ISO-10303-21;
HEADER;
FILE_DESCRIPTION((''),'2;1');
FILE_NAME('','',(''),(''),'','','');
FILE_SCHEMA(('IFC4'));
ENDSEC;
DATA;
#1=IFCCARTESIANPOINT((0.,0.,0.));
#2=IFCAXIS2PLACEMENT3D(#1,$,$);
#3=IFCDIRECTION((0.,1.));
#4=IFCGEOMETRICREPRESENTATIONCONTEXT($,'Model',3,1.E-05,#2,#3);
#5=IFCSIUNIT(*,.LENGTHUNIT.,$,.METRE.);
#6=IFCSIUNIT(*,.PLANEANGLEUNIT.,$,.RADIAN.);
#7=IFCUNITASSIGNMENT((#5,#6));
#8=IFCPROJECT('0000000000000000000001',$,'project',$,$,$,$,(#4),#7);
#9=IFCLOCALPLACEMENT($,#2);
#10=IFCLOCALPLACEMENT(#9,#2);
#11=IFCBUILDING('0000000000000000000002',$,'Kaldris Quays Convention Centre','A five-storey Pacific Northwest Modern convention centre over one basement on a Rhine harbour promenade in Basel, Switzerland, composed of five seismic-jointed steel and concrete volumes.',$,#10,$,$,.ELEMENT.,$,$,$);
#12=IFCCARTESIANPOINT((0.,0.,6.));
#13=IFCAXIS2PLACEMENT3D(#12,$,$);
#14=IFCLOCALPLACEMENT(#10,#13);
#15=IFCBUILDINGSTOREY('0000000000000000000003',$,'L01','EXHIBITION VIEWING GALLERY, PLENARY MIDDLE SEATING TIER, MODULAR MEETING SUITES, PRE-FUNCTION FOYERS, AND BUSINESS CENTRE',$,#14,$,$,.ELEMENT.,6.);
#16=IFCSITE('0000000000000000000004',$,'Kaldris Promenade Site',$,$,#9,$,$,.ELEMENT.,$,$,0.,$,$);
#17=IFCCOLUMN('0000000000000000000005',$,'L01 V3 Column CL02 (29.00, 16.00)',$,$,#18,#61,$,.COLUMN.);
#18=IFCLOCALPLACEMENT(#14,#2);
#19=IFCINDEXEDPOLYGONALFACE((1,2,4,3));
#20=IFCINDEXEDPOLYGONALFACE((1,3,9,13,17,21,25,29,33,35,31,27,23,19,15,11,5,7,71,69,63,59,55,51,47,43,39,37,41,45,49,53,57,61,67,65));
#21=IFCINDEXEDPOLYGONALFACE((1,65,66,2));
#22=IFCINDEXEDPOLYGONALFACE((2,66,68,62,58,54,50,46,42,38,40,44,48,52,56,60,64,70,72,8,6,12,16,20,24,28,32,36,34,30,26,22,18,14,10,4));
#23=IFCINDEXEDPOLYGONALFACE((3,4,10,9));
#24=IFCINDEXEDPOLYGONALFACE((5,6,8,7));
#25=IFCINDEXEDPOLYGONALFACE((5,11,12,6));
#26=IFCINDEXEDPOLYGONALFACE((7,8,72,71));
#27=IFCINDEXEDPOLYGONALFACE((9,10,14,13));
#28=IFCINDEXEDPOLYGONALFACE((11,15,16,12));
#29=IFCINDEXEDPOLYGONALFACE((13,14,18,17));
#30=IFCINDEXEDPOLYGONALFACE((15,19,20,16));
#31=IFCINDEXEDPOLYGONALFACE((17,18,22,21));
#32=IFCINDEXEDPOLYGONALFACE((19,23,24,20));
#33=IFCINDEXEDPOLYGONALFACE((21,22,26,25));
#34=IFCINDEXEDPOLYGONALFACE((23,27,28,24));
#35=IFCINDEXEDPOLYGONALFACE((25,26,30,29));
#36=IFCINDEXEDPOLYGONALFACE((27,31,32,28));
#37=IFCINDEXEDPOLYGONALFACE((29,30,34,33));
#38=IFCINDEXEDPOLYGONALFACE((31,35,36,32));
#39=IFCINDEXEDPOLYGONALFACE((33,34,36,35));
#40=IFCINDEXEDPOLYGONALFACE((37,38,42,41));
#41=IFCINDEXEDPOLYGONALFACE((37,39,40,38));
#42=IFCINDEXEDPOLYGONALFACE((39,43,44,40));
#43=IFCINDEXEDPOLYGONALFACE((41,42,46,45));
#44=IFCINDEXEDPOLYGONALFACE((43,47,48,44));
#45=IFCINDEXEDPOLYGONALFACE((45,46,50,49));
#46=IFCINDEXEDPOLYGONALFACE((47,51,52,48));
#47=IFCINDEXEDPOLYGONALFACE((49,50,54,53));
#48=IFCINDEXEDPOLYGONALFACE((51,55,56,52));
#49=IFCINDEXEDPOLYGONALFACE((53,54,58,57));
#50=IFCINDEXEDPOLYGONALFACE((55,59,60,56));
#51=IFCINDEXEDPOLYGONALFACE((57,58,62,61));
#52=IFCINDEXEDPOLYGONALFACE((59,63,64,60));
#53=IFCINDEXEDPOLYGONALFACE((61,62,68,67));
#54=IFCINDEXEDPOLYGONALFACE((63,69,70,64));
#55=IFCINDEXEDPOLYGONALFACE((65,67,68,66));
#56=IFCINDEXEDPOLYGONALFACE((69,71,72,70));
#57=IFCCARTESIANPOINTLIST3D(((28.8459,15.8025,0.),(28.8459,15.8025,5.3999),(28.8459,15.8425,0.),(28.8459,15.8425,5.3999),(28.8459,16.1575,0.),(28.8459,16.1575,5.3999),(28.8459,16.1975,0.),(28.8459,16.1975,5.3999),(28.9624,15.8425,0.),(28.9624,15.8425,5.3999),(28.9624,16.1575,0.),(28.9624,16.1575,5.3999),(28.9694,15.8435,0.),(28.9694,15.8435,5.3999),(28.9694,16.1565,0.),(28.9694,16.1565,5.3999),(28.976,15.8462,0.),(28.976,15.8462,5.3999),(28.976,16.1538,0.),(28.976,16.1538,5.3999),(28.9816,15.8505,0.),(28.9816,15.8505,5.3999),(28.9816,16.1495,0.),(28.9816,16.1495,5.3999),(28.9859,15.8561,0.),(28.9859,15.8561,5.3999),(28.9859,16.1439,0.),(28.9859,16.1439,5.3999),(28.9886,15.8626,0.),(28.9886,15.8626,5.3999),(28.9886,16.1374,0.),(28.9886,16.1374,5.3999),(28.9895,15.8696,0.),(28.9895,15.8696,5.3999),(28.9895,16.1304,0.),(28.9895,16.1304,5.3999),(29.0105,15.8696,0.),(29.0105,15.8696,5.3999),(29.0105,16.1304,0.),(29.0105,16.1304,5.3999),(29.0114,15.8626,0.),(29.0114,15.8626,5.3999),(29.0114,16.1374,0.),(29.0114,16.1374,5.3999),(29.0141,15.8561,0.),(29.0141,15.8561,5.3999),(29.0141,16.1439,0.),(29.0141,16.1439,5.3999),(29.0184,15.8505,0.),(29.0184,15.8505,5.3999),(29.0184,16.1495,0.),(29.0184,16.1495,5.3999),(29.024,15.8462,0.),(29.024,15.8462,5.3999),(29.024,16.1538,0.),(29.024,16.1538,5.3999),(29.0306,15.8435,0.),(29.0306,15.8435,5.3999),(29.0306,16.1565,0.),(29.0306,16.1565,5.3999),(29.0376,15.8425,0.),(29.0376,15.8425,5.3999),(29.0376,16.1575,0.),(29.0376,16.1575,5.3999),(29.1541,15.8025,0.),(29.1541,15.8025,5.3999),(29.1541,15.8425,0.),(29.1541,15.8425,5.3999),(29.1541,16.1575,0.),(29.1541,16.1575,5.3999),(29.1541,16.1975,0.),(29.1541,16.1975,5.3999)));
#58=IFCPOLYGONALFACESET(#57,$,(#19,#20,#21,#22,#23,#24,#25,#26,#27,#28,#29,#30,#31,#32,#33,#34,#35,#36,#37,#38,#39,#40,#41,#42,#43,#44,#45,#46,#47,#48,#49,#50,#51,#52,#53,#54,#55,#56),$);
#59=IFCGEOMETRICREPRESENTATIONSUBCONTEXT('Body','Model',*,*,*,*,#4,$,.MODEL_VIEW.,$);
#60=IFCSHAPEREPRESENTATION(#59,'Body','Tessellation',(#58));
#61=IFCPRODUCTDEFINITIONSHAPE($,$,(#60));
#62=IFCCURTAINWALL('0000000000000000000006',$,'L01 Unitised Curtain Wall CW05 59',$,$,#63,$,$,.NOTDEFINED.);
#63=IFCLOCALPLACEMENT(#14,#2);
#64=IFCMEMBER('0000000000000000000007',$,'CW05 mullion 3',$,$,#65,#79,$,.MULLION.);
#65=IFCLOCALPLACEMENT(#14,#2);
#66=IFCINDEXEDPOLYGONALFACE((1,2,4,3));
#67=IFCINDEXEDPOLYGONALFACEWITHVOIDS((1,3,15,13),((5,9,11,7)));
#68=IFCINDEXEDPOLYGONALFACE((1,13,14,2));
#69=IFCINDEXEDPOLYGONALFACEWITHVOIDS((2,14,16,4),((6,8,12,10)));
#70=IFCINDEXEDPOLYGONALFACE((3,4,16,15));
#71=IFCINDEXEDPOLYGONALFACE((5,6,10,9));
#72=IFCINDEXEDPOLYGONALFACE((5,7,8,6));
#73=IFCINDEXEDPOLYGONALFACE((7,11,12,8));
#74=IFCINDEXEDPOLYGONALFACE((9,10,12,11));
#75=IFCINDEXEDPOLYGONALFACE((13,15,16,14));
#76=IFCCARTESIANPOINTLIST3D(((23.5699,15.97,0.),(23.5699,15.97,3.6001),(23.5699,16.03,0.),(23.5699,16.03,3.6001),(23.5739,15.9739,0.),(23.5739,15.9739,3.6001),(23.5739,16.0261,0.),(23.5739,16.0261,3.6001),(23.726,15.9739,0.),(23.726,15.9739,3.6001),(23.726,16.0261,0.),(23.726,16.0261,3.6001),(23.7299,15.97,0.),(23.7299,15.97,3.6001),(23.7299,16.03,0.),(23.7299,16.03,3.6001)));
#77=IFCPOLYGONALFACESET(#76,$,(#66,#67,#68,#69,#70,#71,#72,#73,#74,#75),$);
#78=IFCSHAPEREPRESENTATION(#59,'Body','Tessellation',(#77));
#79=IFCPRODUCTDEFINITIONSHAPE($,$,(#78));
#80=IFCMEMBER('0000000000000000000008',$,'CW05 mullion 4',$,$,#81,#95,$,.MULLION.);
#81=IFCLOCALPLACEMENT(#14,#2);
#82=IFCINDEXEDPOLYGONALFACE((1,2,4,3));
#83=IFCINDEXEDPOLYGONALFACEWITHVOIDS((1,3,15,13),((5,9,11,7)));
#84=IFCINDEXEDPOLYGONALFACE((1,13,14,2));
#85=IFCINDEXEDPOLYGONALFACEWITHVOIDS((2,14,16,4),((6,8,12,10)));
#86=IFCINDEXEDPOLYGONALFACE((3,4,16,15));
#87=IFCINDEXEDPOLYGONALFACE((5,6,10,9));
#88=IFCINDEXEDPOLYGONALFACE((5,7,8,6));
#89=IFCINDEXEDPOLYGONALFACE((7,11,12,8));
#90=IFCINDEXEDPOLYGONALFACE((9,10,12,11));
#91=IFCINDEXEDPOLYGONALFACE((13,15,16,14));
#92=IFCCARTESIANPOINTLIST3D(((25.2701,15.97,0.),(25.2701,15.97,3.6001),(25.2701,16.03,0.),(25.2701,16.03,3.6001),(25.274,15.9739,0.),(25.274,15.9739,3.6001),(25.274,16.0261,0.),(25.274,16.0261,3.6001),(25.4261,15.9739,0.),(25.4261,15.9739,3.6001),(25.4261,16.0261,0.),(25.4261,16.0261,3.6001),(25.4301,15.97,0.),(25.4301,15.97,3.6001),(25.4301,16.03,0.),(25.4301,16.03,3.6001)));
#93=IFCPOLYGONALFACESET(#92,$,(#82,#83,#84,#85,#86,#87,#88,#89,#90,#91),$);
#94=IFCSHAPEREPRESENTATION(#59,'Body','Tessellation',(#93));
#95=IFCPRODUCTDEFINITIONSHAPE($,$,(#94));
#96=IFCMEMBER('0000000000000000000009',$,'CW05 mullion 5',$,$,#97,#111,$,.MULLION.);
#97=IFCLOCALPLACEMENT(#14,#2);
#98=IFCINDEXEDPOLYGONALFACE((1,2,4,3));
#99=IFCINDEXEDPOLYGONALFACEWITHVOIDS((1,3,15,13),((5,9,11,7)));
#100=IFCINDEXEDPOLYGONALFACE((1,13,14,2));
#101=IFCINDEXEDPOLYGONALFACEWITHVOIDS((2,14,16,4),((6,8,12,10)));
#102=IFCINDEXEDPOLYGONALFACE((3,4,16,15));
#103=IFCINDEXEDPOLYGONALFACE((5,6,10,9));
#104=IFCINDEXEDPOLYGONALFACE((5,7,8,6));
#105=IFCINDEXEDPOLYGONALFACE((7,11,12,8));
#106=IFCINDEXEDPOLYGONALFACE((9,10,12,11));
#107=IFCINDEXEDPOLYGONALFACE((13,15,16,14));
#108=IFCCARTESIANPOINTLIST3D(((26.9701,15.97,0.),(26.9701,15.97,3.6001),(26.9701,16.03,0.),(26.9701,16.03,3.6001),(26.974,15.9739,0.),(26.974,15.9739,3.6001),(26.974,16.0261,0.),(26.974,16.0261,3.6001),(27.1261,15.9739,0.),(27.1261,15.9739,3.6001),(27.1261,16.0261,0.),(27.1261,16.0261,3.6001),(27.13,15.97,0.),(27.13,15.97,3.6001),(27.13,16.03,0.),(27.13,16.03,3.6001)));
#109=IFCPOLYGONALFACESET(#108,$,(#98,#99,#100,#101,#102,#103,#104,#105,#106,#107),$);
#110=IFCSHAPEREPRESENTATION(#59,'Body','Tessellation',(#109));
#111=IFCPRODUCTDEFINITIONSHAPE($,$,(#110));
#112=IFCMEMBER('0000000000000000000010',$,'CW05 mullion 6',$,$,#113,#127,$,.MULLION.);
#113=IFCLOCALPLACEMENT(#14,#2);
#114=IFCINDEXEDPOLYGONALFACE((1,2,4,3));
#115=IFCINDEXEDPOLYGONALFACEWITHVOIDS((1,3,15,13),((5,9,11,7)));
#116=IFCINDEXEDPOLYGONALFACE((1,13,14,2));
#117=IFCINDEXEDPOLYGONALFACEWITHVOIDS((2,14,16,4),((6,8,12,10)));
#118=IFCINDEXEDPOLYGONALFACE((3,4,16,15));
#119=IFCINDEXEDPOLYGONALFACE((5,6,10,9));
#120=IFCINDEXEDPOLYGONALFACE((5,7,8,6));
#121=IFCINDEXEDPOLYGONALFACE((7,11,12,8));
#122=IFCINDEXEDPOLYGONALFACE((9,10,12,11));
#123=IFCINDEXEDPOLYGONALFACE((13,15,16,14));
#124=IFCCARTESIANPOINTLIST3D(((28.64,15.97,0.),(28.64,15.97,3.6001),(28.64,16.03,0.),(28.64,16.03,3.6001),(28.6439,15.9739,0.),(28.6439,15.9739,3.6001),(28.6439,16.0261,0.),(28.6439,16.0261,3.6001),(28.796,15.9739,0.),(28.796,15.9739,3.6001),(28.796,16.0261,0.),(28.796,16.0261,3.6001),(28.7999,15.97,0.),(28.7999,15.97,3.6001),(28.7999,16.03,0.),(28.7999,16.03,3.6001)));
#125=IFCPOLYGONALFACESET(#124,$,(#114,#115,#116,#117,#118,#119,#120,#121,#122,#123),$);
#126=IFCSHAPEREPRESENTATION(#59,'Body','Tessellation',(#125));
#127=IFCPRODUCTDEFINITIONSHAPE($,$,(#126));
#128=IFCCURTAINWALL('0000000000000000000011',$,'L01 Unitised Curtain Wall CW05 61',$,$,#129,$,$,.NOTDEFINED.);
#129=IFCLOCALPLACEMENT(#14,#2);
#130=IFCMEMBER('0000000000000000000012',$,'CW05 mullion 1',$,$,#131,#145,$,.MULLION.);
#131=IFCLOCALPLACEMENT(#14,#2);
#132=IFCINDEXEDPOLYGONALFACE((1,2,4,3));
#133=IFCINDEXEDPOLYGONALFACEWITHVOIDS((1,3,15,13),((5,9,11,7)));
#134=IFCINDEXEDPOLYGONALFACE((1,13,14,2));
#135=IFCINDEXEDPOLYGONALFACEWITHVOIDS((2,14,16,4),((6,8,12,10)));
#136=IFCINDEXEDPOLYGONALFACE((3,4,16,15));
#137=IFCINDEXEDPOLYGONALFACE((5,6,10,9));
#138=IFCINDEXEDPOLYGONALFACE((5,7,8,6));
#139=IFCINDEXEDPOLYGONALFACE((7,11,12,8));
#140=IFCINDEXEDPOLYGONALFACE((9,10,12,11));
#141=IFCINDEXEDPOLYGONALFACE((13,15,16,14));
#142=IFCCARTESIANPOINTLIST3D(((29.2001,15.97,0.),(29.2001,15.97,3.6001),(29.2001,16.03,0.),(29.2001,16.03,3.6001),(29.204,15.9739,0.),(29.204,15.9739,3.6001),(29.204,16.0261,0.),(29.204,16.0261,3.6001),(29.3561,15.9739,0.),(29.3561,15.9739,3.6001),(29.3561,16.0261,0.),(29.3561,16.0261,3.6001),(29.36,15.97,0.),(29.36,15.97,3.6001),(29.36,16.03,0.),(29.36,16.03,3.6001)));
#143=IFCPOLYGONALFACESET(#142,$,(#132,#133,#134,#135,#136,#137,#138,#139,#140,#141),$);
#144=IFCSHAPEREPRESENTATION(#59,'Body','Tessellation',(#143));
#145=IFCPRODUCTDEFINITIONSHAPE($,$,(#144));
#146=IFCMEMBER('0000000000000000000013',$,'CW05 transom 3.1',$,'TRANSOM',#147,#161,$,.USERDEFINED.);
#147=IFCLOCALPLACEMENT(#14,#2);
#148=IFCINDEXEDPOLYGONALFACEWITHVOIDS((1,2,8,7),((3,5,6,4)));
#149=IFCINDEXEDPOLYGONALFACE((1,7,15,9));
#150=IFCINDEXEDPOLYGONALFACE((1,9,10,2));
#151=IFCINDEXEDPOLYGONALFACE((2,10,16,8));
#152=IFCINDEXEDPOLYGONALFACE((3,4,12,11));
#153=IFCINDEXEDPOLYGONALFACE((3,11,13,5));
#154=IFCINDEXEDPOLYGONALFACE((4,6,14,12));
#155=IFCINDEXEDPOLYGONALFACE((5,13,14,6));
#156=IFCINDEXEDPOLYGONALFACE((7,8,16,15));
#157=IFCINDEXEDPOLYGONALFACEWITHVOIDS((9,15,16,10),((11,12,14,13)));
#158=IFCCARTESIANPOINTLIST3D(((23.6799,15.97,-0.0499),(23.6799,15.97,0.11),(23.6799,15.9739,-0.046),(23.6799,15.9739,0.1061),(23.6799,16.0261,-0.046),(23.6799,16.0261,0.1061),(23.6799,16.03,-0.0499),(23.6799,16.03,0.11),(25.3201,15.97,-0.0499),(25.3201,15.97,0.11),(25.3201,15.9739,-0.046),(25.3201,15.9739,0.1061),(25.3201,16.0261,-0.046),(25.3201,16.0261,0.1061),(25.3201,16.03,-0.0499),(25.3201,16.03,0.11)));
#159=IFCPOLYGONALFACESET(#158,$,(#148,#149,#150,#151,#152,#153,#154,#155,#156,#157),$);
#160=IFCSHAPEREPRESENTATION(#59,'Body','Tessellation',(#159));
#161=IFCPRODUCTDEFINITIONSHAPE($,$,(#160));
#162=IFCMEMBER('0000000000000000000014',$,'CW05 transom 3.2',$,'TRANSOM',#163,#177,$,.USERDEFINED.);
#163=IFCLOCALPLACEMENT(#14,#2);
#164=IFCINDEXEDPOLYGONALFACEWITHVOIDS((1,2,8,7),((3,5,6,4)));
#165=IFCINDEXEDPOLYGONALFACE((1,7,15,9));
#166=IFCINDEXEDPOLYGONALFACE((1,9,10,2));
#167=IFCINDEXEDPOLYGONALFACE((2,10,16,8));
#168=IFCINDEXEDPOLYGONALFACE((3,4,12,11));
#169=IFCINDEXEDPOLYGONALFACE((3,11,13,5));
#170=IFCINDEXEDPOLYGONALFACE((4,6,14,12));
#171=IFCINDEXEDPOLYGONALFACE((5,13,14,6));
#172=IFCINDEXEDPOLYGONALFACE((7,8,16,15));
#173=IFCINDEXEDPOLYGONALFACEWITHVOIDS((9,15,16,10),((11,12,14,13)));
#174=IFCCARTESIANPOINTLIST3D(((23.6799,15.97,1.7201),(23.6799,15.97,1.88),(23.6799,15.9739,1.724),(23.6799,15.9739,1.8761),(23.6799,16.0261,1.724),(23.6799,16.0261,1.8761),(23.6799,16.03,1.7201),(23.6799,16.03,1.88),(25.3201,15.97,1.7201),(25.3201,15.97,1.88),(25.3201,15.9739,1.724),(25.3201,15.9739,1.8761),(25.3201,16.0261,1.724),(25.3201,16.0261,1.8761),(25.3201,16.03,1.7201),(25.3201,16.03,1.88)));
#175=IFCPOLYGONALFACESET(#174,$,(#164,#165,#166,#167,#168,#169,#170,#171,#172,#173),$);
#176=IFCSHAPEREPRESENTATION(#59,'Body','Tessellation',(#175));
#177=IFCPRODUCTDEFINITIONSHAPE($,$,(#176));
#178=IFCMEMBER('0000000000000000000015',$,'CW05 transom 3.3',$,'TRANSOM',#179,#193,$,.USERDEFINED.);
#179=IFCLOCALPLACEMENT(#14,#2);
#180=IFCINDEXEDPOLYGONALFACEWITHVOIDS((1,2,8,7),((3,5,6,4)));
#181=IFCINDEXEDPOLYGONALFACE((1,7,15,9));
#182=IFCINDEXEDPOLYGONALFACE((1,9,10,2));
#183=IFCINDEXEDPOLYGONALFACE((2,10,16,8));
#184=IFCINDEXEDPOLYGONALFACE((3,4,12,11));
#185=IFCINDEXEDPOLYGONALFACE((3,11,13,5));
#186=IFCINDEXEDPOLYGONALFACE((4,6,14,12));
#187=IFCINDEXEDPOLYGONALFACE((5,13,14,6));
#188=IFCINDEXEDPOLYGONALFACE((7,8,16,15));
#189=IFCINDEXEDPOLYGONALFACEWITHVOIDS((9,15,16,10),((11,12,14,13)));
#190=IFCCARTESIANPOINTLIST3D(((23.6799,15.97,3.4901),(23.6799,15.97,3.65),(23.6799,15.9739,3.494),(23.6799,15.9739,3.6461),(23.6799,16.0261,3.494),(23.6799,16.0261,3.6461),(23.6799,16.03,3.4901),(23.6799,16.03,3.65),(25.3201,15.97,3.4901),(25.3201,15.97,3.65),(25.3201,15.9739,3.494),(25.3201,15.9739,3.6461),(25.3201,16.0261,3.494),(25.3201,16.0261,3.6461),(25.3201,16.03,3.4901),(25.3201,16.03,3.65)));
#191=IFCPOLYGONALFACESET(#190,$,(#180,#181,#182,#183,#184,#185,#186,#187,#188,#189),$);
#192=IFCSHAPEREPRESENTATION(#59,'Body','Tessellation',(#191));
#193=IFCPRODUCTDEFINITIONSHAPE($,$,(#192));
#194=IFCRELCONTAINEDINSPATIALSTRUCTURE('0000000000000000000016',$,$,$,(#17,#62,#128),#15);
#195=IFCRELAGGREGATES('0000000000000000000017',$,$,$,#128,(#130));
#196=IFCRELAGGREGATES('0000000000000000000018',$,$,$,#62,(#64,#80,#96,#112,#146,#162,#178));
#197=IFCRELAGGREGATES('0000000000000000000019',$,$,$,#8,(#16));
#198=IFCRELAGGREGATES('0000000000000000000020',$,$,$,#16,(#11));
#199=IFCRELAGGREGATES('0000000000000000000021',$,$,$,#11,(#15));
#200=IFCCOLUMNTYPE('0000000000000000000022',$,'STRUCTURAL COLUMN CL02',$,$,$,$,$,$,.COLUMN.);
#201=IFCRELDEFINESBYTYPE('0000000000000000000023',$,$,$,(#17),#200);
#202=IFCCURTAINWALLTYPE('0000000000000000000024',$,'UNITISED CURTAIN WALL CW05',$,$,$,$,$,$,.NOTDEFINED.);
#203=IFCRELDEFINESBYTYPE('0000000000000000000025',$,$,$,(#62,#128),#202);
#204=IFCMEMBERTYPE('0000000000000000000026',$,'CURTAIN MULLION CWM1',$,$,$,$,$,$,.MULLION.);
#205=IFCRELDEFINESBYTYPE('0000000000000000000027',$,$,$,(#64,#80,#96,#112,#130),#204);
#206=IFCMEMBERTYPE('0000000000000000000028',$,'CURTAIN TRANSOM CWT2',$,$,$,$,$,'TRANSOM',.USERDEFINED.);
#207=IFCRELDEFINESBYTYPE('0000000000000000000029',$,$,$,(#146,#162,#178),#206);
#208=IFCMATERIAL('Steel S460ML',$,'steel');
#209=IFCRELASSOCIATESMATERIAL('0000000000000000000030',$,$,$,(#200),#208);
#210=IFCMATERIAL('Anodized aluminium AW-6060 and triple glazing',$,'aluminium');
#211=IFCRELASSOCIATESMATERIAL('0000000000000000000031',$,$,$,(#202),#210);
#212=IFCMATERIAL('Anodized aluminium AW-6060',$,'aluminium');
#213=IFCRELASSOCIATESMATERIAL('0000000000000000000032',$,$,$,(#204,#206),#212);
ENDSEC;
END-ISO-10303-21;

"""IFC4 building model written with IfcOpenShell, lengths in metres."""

from ifc_helpers import new_model, si_unit, direction, frame, origin, origin_2d, place, context, subcontext, project, spatial, hollow_rectangle, i_section, extrude, material, material_profile, profile_set, type_object, element, aggregate, save


model = new_model("IFC4")

# Units and contexts
model_context = context("Model", 3, precision=1e-05, world=origin(), true_north=direction((0.0, 1.0)))
body_context = subcontext(model_context, "Body", "Model", "MODEL_VIEW")
ifc_project = project(units=[si_unit("LENGTHUNIT", "METRE"), si_unit("PLANEANGLEUNIT", "RADIAN")], contexts=[model_context])

# Site, building, storey
site_placement = place(None, origin())
site = spatial("IfcSite", under=ifc_project, at=site_placement, Name="Kaldris Promenade Site", CompositionType="ELEMENT", RefElevation=0.0)
building_placement = place(site_placement, origin())
building = spatial("IfcBuilding", under=site, at=building_placement, Name="Kaldris Quays Convention Centre", Description="A five-storey Pacific Northwest Modern convention centre over one basement on a Rhine harbour promenade in Basel, Switzerland, composed of five seismic-jointed steel and concrete volumes.", CompositionType="ELEMENT")
storey_placement = place(building_placement, frame((0.0, 0.0, 6.0)))
storey = spatial("IfcBuildingStorey", under=building, at=storey_placement, Name="L01", Description="EXHIBITION VIEWING GALLERY, PLENARY MIDDLE SEATING TIER, MODULAR MEETING SUITES, PRE-FUNCTION FOYERS, AND BUSINESS CENTRE", CompositionType="ELEMENT", Elevation=6.0)

# Column
ifc_material_1 = material(Name="Steel S460ML", Category="steel")
ifc_material_profile_1 = material_profile(ifc_material_1, i_section(OverallWidth=0.3081, OverallDepth=0.395, WebThickness=0.021, FlangeThickness=0.04, FilletRadius=0.0271, at=origin_2d()), Name="HEM 360")
ifc_profile_set_1 = profile_set([ifc_material_profile_1], Name="Steel S460ML")
column_type = type_object("IfcColumnType", Name="STRUCTURAL COLUMN CL02", PredefinedType="COLUMN", material=ifc_profile_set_1)
column_placement = place(storey_placement, frame((29.0, 16.0, 0.0), z_axis=(0.0, 0.0, 1.0), x_axis=(1.0, 0.0, 0.0)))
element("IfcColumn", 1, at=column_placement, inside=storey, type_object=column_type, Name="L01 V3 Column CL02 (29.00, 16.00)", PredefinedType="COLUMN", context=body_context, shape_type="SweptSolid", body=[
    extrude(i_section(OverallWidth=0.3081, OverallDepth=0.395, WebThickness=0.021, FlangeThickness=0.04, FilletRadius=0.0271, at=origin_2d()), origin(), (0.0, 0.0, 1.0), 5.3999),
])

# Curtain wall, members
ifc_material_2 = material(Name="Anodized aluminium AW-6060 and triple glazing", Category="aluminium")
curtain_wall_type = type_object("IfcCurtainWallType", Name="UNITISED CURTAIN WALL CW05", PredefinedType="NOTDEFINED", material=ifc_material_2)
curtain_wall_1_placement = place(storey_placement, origin())
curtain_wall_1 = element("IfcCurtainWall", 2, at=curtain_wall_1_placement, inside=storey, type_object=curtain_wall_type, Name="L01 Unitised Curtain Wall CW05 59", PredefinedType="NOTDEFINED")
ifc_material_3 = material(Name="Anodized aluminium AW-6060", Category="aluminium")
ifc_material_profile_2 = material_profile(ifc_material_3, hollow_rectangle(XDim=0.0601, YDim=0.1599, WallThickness=0.0039, at=origin_2d()), Name="RHS 160x60x4")
ifc_profile_set_2 = profile_set([ifc_material_profile_2], Name="Anodized aluminium AW-6060")
member_type_1 = type_object("IfcMemberType", Name="CURTAIN MULLION CWM1", PredefinedType="MULLION", material=ifc_profile_set_2)
member_1_placement = place(storey_placement, frame((23.6499, 16.0, 0.0), z_axis=(0.0, 0.0, 1.0), x_axis=(0.0, 1.0, 0.0)))
member_1 = element("IfcMember", 3, at=member_1_placement, type_object=member_type_1, Name="CW05 mullion 3", PredefinedType="MULLION", context=body_context, shape_type="SweptSolid", body=[
    extrude(hollow_rectangle(XDim=0.0601, YDim=0.1599, WallThickness=0.0039, at=origin_2d()), origin(), (0.0, 0.0, 1.0), 3.6001),
])
member_2_placement = place(storey_placement, frame((25.3501, 16.0, 0.0), z_axis=(0.0, 0.0, 1.0), x_axis=(0.0, 1.0, 0.0)))
member_2 = element("IfcMember", 4, at=member_2_placement, type_object=member_type_1, Name="CW05 mullion 4", PredefinedType="MULLION", context=body_context, shape_type="SweptSolid", body=[
    extrude(hollow_rectangle(XDim=0.0601, YDim=0.1599, WallThickness=0.0039, at=origin_2d()), origin(), (0.0, 0.0, 1.0), 3.6001),
])
member_3_placement = place(storey_placement, frame((27.05, 16.0, 0.0), z_axis=(0.0, 0.0, 1.0), x_axis=(0.0, 1.0, 0.0)))
member_3 = element("IfcMember", 5, at=member_3_placement, type_object=member_type_1, Name="CW05 mullion 5", PredefinedType="MULLION", context=body_context, shape_type="SweptSolid", body=[
    extrude(hollow_rectangle(XDim=0.0601, YDim=0.1599, WallThickness=0.0039, at=origin_2d()), origin(), (0.0, 0.0, 1.0), 3.6001),
])
member_4_placement = place(storey_placement, frame((28.72, 16.0, 0.0), z_axis=(0.0, 0.0, 1.0), x_axis=(0.0, 1.0, 0.0)))
member_4 = element("IfcMember", 6, at=member_4_placement, type_object=member_type_1, Name="CW05 mullion 6", PredefinedType="MULLION", context=body_context, shape_type="SweptSolid", body=[
    extrude(hollow_rectangle(XDim=0.0601, YDim=0.1599, WallThickness=0.0039, at=origin_2d()), origin(), (0.0, 0.0, 1.0), 3.6001),
])

# Curtain wall, member
curtain_wall_2_placement = place(storey_placement, origin())
curtain_wall_2 = element("IfcCurtainWall", 7, at=curtain_wall_2_placement, inside=storey, type_object=curtain_wall_type, Name="L01 Unitised Curtain Wall CW05 61", PredefinedType="NOTDEFINED")
member_5_placement = place(storey_placement, frame((29.28, 16.0, 0.0), z_axis=(0.0, 0.0, 1.0), x_axis=(0.0, 1.0, 0.0)))
member_5 = element("IfcMember", 8, at=member_5_placement, type_object=member_type_1, Name="CW05 mullion 1", PredefinedType="MULLION", context=body_context, shape_type="SweptSolid", body=[
    extrude(hollow_rectangle(XDim=0.0601, YDim=0.1599, WallThickness=0.0039, at=origin_2d()), origin(), (0.0, 0.0, 1.0), 3.6001),
])

# Members
ifc_material_profile_3 = material_profile(ifc_material_3, hollow_rectangle(XDim=0.0601, YDim=0.1599, WallThickness=0.0039, at=origin_2d()), Name="RHS 160x60x4")
ifc_profile_set_3 = profile_set([ifc_material_profile_3], Name="Anodized aluminium AW-6060")
member_type_2 = type_object("IfcMemberType", Name="CURTAIN TRANSOM CWT2", ElementType="TRANSOM", PredefinedType="USERDEFINED", material=ifc_profile_set_3)
member_6_placement = place(storey_placement, frame((23.6799, 16.0, 0.03), z_axis=(1.0, 0.0, 0.0), x_axis=(0.0, 1.0, 0.0)))
member_6 = element("IfcMember", 9, at=member_6_placement, type_object=member_type_2, Name="CW05 transom 3.1", ObjectType="TRANSOM", PredefinedType="USERDEFINED", context=body_context, shape_type="SweptSolid", body=[
    extrude(hollow_rectangle(XDim=0.0601, YDim=0.1599, WallThickness=0.0039, at=origin_2d()), origin(), (0.0, 0.0, 1.0), 1.6401),
])
member_7_placement = place(storey_placement, frame((23.6799, 16.0, 1.8), z_axis=(1.0, 0.0, 0.0), x_axis=(0.0, 1.0, 0.0)))
member_7 = element("IfcMember", 10, at=member_7_placement, type_object=member_type_2, Name="CW05 transom 3.2", ObjectType="TRANSOM", PredefinedType="USERDEFINED", context=body_context, shape_type="SweptSolid", body=[
    extrude(hollow_rectangle(XDim=0.0601, YDim=0.1599, WallThickness=0.0039, at=origin_2d()), origin(), (0.0, 0.0, 1.0), 1.6401),
])
member_8_placement = place(storey_placement, frame((23.6799, 16.0, 3.5701), z_axis=(1.0, 0.0, 0.0), x_axis=(0.0, 1.0, 0.0)))
member_8 = element("IfcMember", 11, at=member_8_placement, type_object=member_type_2, Name="CW05 transom 3.3", ObjectType="TRANSOM", PredefinedType="USERDEFINED", context=body_context, shape_type="SweptSolid", body=[
    extrude(hollow_rectangle(XDim=0.0601, YDim=0.1599, WallThickness=0.0039, at=origin_2d()), origin(), (0.0, 0.0, 1.0), 1.6401),
])
aggregate(curtain_wall_2, [member_5])

aggregate(curtain_wall_1, [member_1, member_2, member_3, member_4, member_6, member_7, member_8])

save(model, "model.ifc")
